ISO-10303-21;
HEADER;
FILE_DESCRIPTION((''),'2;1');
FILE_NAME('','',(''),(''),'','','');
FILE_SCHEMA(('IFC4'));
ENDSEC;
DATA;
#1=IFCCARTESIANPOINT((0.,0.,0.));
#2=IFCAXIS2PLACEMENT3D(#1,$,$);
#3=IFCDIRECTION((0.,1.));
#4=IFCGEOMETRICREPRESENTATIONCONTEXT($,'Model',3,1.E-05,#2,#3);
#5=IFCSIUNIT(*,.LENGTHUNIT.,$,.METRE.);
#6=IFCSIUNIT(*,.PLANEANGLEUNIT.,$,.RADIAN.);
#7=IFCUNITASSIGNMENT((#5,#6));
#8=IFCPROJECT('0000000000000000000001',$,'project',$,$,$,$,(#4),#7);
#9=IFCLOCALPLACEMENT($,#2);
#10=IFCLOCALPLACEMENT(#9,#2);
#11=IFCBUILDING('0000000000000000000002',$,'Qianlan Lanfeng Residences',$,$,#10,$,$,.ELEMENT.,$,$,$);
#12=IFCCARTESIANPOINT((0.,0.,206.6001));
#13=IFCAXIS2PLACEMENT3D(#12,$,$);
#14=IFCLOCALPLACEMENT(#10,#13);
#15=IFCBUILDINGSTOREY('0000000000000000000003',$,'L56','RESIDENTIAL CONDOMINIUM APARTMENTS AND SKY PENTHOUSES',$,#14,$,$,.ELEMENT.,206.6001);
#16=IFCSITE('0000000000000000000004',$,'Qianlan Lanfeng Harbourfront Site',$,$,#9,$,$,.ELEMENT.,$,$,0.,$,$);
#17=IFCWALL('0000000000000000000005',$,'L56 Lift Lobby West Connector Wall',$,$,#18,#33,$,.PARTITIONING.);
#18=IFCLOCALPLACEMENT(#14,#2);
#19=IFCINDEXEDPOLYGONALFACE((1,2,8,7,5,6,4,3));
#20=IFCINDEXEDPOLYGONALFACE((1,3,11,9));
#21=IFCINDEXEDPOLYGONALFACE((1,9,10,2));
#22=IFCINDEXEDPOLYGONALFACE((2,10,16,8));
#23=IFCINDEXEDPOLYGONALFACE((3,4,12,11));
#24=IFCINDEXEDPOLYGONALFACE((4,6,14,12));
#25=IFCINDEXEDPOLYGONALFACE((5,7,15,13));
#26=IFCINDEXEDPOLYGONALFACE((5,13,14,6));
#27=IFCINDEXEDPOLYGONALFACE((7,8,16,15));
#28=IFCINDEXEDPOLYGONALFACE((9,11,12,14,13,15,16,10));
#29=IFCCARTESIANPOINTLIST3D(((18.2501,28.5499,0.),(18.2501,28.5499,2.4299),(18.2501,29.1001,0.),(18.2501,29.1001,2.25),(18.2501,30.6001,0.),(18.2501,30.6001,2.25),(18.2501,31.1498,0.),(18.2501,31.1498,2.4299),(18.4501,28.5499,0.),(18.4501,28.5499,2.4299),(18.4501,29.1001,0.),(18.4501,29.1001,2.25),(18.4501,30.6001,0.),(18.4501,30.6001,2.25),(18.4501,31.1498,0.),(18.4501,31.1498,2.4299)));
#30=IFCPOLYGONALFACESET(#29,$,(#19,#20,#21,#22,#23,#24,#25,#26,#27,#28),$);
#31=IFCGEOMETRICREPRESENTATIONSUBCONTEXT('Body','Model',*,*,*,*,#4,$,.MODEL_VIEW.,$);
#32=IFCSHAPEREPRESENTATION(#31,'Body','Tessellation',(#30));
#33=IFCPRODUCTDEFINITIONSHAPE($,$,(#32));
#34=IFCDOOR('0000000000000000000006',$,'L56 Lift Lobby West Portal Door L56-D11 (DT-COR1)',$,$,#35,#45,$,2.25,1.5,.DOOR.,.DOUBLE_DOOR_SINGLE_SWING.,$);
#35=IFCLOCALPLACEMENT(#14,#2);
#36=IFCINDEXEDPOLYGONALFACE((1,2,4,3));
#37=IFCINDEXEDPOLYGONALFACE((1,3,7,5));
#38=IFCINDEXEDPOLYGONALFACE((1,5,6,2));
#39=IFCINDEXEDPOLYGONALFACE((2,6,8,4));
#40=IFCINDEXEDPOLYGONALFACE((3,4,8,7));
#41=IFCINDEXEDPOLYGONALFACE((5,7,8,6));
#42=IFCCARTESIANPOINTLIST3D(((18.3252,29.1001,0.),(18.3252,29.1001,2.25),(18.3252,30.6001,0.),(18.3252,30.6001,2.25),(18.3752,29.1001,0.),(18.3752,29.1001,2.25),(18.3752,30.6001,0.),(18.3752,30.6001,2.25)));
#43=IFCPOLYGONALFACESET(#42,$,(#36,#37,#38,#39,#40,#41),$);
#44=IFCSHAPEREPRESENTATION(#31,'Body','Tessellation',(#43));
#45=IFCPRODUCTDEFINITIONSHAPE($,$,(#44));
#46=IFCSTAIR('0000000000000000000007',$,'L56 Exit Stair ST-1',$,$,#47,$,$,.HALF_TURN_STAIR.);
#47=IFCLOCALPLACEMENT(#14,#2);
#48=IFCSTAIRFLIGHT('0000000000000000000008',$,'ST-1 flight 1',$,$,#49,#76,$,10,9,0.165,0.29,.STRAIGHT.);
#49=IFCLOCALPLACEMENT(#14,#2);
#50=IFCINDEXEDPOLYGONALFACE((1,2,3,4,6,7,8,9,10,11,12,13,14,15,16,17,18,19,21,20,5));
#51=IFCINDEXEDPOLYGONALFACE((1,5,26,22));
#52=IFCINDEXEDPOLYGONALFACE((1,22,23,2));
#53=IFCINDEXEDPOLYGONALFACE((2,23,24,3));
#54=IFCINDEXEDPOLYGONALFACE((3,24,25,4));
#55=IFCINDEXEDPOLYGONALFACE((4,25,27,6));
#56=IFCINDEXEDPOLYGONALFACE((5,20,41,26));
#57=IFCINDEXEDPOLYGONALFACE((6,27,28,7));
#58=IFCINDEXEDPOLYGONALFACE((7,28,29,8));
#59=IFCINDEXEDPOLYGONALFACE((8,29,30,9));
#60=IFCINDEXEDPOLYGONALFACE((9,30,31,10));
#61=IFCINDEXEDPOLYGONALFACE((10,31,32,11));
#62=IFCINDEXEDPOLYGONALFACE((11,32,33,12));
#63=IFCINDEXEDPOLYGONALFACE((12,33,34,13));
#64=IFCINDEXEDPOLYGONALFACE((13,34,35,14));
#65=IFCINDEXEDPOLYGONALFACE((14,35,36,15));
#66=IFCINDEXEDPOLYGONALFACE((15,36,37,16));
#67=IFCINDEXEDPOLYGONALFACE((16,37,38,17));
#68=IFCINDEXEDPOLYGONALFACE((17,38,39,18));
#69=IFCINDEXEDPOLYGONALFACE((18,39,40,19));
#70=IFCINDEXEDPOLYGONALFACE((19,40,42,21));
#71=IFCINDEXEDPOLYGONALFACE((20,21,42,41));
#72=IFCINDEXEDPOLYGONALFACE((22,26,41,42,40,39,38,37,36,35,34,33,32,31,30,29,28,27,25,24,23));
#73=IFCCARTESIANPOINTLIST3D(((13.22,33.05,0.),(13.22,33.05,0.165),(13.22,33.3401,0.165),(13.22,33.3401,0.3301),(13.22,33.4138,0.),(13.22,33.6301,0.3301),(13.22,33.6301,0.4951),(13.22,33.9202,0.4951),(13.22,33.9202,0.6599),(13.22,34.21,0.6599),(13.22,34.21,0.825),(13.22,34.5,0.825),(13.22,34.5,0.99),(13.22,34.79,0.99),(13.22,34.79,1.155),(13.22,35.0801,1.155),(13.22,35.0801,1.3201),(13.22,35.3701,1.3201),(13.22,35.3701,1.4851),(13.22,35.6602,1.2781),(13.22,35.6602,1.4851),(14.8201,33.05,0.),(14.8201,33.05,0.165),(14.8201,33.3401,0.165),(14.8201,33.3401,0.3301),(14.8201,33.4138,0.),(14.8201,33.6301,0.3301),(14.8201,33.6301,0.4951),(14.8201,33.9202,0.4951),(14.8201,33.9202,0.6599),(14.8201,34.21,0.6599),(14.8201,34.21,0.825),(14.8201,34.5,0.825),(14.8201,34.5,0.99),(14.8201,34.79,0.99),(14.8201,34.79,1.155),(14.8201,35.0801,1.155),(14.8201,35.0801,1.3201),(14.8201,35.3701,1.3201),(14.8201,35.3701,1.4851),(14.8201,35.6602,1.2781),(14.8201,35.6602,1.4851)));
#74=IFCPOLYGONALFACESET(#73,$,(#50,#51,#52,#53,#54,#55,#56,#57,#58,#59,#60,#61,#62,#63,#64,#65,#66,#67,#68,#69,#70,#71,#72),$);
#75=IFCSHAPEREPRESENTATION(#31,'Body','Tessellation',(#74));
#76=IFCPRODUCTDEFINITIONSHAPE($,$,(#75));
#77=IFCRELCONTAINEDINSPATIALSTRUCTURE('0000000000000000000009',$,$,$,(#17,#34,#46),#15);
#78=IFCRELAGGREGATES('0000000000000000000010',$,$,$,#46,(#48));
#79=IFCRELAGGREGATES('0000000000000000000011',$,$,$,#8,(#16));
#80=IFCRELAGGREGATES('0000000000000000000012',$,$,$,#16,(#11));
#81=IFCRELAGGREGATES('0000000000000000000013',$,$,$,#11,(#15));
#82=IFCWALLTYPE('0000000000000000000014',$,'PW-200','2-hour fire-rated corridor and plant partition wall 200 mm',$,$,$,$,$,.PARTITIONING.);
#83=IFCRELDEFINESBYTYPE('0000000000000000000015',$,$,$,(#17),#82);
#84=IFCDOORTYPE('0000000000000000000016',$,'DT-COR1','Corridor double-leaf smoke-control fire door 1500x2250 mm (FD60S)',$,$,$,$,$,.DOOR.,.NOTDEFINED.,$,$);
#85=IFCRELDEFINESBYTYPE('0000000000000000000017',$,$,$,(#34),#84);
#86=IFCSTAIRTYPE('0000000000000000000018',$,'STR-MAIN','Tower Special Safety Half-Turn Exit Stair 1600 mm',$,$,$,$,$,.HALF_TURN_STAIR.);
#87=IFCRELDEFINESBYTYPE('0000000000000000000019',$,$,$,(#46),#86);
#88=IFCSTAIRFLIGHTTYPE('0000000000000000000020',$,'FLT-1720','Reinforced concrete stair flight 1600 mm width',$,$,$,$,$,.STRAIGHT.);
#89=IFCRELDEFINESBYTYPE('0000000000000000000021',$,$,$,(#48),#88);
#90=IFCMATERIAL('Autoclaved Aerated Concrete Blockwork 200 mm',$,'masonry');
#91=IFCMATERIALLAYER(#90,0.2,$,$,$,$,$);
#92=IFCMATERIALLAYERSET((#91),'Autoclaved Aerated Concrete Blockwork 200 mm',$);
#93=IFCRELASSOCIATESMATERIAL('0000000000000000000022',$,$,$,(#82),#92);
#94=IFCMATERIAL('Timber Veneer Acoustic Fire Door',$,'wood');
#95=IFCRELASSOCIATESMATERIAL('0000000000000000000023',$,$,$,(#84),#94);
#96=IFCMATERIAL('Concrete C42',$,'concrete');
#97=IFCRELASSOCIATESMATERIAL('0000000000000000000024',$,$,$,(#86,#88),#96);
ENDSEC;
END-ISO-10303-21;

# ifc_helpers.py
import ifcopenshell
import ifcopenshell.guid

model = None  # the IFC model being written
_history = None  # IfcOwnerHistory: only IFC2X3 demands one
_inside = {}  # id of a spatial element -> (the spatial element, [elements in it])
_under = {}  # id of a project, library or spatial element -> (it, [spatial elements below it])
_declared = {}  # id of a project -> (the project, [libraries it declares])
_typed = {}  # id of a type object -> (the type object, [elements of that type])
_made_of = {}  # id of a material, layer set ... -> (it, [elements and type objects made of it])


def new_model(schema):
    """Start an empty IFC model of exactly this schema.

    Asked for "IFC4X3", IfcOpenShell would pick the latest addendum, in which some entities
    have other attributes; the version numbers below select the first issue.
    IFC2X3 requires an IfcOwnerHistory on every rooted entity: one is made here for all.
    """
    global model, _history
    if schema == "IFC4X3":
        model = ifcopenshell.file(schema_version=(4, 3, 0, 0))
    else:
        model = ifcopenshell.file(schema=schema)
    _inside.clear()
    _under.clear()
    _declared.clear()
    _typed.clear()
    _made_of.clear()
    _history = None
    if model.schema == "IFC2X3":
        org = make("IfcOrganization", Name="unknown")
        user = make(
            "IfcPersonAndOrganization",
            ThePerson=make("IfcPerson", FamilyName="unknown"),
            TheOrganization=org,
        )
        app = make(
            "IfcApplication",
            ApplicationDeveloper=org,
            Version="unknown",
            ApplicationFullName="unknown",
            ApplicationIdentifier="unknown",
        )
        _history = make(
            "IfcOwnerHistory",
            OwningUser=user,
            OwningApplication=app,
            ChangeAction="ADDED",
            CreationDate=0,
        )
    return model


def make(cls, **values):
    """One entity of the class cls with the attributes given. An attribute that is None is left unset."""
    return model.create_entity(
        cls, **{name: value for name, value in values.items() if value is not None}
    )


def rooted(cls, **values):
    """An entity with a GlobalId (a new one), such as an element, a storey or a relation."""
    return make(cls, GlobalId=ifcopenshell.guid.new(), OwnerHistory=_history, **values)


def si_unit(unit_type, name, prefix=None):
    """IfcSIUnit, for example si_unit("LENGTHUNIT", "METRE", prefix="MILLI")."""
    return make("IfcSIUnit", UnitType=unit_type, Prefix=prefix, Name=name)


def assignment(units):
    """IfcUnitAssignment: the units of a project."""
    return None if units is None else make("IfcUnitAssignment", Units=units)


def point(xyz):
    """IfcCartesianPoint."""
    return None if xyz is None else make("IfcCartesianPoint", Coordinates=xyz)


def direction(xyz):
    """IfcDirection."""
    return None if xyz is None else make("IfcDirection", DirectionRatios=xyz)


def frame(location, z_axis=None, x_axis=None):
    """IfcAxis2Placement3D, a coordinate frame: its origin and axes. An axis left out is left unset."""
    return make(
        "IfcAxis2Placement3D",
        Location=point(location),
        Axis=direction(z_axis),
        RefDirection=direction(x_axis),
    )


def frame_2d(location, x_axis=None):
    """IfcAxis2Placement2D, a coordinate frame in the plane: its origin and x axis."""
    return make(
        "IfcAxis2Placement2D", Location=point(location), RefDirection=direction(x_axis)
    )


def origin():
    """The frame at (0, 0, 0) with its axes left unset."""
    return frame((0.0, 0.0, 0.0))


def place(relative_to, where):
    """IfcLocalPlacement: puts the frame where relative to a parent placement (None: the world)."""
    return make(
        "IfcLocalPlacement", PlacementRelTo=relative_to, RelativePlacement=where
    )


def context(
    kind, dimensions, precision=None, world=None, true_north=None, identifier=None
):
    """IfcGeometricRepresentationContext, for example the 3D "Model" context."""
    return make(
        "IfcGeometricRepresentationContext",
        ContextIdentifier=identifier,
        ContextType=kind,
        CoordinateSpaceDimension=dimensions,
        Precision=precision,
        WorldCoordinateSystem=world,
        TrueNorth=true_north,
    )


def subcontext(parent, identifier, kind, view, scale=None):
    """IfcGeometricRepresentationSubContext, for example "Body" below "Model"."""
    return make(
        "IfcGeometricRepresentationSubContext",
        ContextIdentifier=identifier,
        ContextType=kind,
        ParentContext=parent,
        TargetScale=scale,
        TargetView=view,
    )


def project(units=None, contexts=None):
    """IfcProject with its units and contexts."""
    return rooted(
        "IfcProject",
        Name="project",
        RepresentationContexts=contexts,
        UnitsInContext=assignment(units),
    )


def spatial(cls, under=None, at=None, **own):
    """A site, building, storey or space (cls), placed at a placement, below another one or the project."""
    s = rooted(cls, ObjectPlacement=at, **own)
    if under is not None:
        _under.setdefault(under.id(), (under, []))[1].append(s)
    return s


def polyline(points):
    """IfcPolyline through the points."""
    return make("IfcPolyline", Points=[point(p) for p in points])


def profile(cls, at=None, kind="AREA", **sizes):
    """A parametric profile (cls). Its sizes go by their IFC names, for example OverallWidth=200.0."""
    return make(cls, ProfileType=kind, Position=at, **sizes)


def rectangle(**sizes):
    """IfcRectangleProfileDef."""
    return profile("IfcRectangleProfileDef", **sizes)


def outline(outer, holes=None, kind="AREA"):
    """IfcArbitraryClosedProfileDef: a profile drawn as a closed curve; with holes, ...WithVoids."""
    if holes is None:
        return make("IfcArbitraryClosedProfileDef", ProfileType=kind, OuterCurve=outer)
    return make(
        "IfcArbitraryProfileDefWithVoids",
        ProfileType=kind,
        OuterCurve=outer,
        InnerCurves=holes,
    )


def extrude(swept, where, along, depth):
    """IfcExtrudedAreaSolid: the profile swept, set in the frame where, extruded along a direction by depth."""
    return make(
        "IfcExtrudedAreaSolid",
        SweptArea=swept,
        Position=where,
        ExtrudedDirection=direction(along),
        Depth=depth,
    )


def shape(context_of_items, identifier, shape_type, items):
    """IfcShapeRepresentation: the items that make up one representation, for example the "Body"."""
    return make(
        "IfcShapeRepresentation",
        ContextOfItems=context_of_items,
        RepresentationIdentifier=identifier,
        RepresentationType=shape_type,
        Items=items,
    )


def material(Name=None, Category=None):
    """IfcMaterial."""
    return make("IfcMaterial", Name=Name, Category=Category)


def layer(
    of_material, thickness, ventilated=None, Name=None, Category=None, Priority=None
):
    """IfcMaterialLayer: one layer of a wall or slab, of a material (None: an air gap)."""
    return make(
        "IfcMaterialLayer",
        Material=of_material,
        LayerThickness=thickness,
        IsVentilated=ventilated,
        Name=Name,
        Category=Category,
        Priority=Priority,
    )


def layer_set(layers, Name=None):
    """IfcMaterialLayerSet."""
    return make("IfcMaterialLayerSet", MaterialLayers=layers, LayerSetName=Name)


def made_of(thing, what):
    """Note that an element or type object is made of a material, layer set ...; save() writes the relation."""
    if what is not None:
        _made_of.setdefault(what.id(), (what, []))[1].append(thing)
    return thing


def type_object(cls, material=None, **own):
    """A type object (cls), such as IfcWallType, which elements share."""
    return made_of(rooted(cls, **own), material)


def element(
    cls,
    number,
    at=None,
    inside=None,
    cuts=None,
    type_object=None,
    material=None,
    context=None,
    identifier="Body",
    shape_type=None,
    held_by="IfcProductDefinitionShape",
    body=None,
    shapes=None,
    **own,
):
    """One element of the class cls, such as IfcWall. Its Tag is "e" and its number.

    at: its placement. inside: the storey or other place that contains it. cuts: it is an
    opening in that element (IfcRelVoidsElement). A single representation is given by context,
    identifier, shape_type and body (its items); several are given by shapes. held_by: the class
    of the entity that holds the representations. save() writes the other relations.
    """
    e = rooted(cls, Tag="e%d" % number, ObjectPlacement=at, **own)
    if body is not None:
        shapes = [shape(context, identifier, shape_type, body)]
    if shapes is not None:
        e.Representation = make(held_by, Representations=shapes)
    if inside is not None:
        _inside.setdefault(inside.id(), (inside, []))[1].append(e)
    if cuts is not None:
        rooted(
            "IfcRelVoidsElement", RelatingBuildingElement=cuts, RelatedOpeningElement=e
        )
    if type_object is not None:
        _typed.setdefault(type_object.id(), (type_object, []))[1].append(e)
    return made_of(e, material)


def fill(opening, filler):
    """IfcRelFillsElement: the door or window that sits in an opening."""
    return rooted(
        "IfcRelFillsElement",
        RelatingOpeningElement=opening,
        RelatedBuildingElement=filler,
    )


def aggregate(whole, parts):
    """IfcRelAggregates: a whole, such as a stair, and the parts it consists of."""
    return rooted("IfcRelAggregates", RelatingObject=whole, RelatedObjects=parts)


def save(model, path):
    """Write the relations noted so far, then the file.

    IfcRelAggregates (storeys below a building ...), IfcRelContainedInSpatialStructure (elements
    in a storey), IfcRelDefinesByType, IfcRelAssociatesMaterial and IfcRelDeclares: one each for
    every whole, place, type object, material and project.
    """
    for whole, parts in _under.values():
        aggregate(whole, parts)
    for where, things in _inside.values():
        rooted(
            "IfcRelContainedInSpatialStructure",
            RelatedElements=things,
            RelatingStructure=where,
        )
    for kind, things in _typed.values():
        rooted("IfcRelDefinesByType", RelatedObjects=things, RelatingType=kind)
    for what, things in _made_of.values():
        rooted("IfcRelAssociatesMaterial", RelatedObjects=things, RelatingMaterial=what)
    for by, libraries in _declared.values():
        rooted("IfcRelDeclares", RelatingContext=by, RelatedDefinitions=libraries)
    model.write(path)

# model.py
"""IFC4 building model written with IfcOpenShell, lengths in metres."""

from ifc_helpers import new_model, si_unit, direction, frame, frame_2d, origin, place, context, subcontext, project, spatial, polyline, rectangle, outline, extrude, material, layer, layer_set, type_object, element, fill, aggregate, save


model = new_model("IFC4")

# Units and contexts
model_context = context("Model", 3, precision=1e-05, world=origin(), true_north=direction((0.0, 1.0)))
body_context = subcontext(model_context, "Body", "Model", "MODEL_VIEW")
ifc_project = project(units=[si_unit("LENGTHUNIT", "METRE"), si_unit("PLANEANGLEUNIT", "RADIAN")], contexts=[model_context])

# Site, building, storey
site_placement = place(None, origin())
site = spatial("IfcSite", under=ifc_project, at=site_placement, Name="Qianlan Lanfeng Harbourfront Site", CompositionType="ELEMENT", RefElevation=0.0)
building_placement = place(site_placement, origin())
building = spatial("IfcBuilding", under=site, at=building_placement, Name="Qianlan Lanfeng Residences", CompositionType="ELEMENT")
storey_placement = place(building_placement, frame((0.0, 0.0, 206.6001)))
storey = spatial("IfcBuildingStorey", under=building, at=storey_placement, Name="L56", Description="RESIDENTIAL CONDOMINIUM APARTMENTS AND SKY PENTHOUSES", CompositionType="ELEMENT", Elevation=206.6001)

# Wall, opening, door
ifc_material_1 = material(Name="Autoclaved Aerated Concrete Blockwork 200 mm", Category="masonry")
ifc_layer_1 = layer(ifc_material_1, 0.2)
ifc_layer_set_1 = layer_set([ifc_layer_1], Name="Autoclaved Aerated Concrete Blockwork 200 mm")
wall_type_1 = type_object("IfcWallType", Name="PW-200", Description="2-hour fire-rated corridor and plant partition wall 200 mm", PredefinedType="PARTITIONING", material=ifc_layer_set_1)
wall_1_placement = place(storey_placement, frame((18.3501, 28.55, 0.0), z_axis=(0.0, 0.0, 1.0), x_axis=(0.0, 1.0, 0.0)))
wall_1 = element("IfcWall", 1, at=wall_1_placement, inside=storey, type_object=wall_type_1, Name="L56 Lift Lobby West Connector Wall", PredefinedType="PARTITIONING", context=body_context, shape_type="SweptSolid", body=[
    extrude(rectangle(XDim=2.5999, YDim=0.2, at=frame_2d((1.2998, 0.0))), origin(), (0.0, 0.0, 1.0), 2.4299),
])
opening_1_placement = place(wall_1_placement, frame((0.55, 0.0, 0.0)))
opening_1 = element("IfcOpeningElement", 2, at=opening_1_placement, cuts=wall_1, PredefinedType="OPENING", context=body_context, shape_type="SweptSolid", body=[
    extrude(rectangle(XDim=1.5, YDim=2.25, at=frame_2d((0.75, 1.125))), frame((0.0, 0.1099, 0.0), z_axis=(0.0, -1.0, 0.0), x_axis=(1.0, 0.0, 0.0)), (0.0, 0.0, 1.0), 0.22),
])
ifc_material_2 = material(Name="Timber Veneer Acoustic Fire Door", Category="wood")
door_type_1 = type_object("IfcDoorType", Name="DT-COR1", Description="Corridor double-leaf smoke-control fire door 1500x2250 mm (FD60S)", OperationType="NOTDEFINED", PredefinedType="DOOR", material=ifc_material_2)
door_1_placement = place(opening_1_placement, origin())
door_1 = element("IfcDoor", 3, at=door_1_placement, inside=storey, type_object=door_type_1, Name="L56 Lift Lobby West Portal Door L56-D11 (DT-COR1)", OperationType="DOUBLE_DOOR_SINGLE_SWING", OverallHeight=2.25, OverallWidth=1.5, PredefinedType="DOOR", context=body_context, shape_type="SweptSolid", body=[
    extrude(rectangle(XDim=1.5, YDim=2.25, at=frame_2d((0.75, 1.125))), frame((0.0, 0.0249, 0.0), z_axis=(0.0, -1.0, 0.0), x_axis=(1.0, 0.0, 0.0)), (0.0, 0.0, 1.0), 0.05),
])
fill(opening_1, door_1)

# Stair, stair flight
ifc_material_3 = material(Name="Concrete C42", Category="concrete")
stair_type = type_object("IfcStairType", Name="STR-MAIN", Description="Tower Special Safety Half-Turn Exit Stair 1600 mm", PredefinedType="HALF_TURN_STAIR", material=ifc_material_3)
stair_placement = place(storey_placement, origin())
stair = element("IfcStair", 4, at=stair_placement, inside=storey, type_object=stair_type, Name="L56 Exit Stair ST-1", PredefinedType="HALF_TURN_STAIR")
stair_flight_type = type_object("IfcStairFlightType", Name="FLT-1720", Description="Reinforced concrete stair flight 1600 mm width", PredefinedType="STRAIGHT", material=ifc_material_3)
stair_flight_placement = place(storey_placement, frame((14.02, 33.05, 0.0), z_axis=(0.0, 0.0, 1.0), x_axis=(0.0, 1.0, 0.0)))
stair_flight = element("IfcStairFlight", 5, at=stair_flight_placement, type_object=stair_flight_type, Name="ST-1 flight 1", NumberOfRisers=10, NumberOfTreads=9, PredefinedType="STRAIGHT", RiserHeight=0.165, TreadLength=0.29, context=body_context, shape_type="SweptSolid", body=[
    extrude(outline(polyline([(0.0, 0.0), (0.0, 0.165), (0.29, 0.165), (0.29, 0.3301), (0.5801, 0.3301), (0.5801, 0.4951), (0.8701, 0.4951), (0.8701, 0.6599), (1.1599, 0.6599), (1.1599, 0.825), (1.45, 0.825), (1.45, 0.99), (1.74, 0.99), (1.74, 1.155), (2.03, 1.155), (2.03, 1.3201), (2.3201, 1.3201), (2.3201, 1.4851), (2.6101, 1.4851), (2.6101, 1.6499), (2.6101, 1.2781), (0.3638, 0.0), (0.0, 0.0)])), frame((0.0, 0.8, 0.0), z_axis=(0.0, -1.0, 0.0), x_axis=(1.0, 0.0, 0.0)), (0.0, 0.0, 1.0), 1.6001),
])
aggregate(stair, [stair_flight])

save(model, "model.ifc")
